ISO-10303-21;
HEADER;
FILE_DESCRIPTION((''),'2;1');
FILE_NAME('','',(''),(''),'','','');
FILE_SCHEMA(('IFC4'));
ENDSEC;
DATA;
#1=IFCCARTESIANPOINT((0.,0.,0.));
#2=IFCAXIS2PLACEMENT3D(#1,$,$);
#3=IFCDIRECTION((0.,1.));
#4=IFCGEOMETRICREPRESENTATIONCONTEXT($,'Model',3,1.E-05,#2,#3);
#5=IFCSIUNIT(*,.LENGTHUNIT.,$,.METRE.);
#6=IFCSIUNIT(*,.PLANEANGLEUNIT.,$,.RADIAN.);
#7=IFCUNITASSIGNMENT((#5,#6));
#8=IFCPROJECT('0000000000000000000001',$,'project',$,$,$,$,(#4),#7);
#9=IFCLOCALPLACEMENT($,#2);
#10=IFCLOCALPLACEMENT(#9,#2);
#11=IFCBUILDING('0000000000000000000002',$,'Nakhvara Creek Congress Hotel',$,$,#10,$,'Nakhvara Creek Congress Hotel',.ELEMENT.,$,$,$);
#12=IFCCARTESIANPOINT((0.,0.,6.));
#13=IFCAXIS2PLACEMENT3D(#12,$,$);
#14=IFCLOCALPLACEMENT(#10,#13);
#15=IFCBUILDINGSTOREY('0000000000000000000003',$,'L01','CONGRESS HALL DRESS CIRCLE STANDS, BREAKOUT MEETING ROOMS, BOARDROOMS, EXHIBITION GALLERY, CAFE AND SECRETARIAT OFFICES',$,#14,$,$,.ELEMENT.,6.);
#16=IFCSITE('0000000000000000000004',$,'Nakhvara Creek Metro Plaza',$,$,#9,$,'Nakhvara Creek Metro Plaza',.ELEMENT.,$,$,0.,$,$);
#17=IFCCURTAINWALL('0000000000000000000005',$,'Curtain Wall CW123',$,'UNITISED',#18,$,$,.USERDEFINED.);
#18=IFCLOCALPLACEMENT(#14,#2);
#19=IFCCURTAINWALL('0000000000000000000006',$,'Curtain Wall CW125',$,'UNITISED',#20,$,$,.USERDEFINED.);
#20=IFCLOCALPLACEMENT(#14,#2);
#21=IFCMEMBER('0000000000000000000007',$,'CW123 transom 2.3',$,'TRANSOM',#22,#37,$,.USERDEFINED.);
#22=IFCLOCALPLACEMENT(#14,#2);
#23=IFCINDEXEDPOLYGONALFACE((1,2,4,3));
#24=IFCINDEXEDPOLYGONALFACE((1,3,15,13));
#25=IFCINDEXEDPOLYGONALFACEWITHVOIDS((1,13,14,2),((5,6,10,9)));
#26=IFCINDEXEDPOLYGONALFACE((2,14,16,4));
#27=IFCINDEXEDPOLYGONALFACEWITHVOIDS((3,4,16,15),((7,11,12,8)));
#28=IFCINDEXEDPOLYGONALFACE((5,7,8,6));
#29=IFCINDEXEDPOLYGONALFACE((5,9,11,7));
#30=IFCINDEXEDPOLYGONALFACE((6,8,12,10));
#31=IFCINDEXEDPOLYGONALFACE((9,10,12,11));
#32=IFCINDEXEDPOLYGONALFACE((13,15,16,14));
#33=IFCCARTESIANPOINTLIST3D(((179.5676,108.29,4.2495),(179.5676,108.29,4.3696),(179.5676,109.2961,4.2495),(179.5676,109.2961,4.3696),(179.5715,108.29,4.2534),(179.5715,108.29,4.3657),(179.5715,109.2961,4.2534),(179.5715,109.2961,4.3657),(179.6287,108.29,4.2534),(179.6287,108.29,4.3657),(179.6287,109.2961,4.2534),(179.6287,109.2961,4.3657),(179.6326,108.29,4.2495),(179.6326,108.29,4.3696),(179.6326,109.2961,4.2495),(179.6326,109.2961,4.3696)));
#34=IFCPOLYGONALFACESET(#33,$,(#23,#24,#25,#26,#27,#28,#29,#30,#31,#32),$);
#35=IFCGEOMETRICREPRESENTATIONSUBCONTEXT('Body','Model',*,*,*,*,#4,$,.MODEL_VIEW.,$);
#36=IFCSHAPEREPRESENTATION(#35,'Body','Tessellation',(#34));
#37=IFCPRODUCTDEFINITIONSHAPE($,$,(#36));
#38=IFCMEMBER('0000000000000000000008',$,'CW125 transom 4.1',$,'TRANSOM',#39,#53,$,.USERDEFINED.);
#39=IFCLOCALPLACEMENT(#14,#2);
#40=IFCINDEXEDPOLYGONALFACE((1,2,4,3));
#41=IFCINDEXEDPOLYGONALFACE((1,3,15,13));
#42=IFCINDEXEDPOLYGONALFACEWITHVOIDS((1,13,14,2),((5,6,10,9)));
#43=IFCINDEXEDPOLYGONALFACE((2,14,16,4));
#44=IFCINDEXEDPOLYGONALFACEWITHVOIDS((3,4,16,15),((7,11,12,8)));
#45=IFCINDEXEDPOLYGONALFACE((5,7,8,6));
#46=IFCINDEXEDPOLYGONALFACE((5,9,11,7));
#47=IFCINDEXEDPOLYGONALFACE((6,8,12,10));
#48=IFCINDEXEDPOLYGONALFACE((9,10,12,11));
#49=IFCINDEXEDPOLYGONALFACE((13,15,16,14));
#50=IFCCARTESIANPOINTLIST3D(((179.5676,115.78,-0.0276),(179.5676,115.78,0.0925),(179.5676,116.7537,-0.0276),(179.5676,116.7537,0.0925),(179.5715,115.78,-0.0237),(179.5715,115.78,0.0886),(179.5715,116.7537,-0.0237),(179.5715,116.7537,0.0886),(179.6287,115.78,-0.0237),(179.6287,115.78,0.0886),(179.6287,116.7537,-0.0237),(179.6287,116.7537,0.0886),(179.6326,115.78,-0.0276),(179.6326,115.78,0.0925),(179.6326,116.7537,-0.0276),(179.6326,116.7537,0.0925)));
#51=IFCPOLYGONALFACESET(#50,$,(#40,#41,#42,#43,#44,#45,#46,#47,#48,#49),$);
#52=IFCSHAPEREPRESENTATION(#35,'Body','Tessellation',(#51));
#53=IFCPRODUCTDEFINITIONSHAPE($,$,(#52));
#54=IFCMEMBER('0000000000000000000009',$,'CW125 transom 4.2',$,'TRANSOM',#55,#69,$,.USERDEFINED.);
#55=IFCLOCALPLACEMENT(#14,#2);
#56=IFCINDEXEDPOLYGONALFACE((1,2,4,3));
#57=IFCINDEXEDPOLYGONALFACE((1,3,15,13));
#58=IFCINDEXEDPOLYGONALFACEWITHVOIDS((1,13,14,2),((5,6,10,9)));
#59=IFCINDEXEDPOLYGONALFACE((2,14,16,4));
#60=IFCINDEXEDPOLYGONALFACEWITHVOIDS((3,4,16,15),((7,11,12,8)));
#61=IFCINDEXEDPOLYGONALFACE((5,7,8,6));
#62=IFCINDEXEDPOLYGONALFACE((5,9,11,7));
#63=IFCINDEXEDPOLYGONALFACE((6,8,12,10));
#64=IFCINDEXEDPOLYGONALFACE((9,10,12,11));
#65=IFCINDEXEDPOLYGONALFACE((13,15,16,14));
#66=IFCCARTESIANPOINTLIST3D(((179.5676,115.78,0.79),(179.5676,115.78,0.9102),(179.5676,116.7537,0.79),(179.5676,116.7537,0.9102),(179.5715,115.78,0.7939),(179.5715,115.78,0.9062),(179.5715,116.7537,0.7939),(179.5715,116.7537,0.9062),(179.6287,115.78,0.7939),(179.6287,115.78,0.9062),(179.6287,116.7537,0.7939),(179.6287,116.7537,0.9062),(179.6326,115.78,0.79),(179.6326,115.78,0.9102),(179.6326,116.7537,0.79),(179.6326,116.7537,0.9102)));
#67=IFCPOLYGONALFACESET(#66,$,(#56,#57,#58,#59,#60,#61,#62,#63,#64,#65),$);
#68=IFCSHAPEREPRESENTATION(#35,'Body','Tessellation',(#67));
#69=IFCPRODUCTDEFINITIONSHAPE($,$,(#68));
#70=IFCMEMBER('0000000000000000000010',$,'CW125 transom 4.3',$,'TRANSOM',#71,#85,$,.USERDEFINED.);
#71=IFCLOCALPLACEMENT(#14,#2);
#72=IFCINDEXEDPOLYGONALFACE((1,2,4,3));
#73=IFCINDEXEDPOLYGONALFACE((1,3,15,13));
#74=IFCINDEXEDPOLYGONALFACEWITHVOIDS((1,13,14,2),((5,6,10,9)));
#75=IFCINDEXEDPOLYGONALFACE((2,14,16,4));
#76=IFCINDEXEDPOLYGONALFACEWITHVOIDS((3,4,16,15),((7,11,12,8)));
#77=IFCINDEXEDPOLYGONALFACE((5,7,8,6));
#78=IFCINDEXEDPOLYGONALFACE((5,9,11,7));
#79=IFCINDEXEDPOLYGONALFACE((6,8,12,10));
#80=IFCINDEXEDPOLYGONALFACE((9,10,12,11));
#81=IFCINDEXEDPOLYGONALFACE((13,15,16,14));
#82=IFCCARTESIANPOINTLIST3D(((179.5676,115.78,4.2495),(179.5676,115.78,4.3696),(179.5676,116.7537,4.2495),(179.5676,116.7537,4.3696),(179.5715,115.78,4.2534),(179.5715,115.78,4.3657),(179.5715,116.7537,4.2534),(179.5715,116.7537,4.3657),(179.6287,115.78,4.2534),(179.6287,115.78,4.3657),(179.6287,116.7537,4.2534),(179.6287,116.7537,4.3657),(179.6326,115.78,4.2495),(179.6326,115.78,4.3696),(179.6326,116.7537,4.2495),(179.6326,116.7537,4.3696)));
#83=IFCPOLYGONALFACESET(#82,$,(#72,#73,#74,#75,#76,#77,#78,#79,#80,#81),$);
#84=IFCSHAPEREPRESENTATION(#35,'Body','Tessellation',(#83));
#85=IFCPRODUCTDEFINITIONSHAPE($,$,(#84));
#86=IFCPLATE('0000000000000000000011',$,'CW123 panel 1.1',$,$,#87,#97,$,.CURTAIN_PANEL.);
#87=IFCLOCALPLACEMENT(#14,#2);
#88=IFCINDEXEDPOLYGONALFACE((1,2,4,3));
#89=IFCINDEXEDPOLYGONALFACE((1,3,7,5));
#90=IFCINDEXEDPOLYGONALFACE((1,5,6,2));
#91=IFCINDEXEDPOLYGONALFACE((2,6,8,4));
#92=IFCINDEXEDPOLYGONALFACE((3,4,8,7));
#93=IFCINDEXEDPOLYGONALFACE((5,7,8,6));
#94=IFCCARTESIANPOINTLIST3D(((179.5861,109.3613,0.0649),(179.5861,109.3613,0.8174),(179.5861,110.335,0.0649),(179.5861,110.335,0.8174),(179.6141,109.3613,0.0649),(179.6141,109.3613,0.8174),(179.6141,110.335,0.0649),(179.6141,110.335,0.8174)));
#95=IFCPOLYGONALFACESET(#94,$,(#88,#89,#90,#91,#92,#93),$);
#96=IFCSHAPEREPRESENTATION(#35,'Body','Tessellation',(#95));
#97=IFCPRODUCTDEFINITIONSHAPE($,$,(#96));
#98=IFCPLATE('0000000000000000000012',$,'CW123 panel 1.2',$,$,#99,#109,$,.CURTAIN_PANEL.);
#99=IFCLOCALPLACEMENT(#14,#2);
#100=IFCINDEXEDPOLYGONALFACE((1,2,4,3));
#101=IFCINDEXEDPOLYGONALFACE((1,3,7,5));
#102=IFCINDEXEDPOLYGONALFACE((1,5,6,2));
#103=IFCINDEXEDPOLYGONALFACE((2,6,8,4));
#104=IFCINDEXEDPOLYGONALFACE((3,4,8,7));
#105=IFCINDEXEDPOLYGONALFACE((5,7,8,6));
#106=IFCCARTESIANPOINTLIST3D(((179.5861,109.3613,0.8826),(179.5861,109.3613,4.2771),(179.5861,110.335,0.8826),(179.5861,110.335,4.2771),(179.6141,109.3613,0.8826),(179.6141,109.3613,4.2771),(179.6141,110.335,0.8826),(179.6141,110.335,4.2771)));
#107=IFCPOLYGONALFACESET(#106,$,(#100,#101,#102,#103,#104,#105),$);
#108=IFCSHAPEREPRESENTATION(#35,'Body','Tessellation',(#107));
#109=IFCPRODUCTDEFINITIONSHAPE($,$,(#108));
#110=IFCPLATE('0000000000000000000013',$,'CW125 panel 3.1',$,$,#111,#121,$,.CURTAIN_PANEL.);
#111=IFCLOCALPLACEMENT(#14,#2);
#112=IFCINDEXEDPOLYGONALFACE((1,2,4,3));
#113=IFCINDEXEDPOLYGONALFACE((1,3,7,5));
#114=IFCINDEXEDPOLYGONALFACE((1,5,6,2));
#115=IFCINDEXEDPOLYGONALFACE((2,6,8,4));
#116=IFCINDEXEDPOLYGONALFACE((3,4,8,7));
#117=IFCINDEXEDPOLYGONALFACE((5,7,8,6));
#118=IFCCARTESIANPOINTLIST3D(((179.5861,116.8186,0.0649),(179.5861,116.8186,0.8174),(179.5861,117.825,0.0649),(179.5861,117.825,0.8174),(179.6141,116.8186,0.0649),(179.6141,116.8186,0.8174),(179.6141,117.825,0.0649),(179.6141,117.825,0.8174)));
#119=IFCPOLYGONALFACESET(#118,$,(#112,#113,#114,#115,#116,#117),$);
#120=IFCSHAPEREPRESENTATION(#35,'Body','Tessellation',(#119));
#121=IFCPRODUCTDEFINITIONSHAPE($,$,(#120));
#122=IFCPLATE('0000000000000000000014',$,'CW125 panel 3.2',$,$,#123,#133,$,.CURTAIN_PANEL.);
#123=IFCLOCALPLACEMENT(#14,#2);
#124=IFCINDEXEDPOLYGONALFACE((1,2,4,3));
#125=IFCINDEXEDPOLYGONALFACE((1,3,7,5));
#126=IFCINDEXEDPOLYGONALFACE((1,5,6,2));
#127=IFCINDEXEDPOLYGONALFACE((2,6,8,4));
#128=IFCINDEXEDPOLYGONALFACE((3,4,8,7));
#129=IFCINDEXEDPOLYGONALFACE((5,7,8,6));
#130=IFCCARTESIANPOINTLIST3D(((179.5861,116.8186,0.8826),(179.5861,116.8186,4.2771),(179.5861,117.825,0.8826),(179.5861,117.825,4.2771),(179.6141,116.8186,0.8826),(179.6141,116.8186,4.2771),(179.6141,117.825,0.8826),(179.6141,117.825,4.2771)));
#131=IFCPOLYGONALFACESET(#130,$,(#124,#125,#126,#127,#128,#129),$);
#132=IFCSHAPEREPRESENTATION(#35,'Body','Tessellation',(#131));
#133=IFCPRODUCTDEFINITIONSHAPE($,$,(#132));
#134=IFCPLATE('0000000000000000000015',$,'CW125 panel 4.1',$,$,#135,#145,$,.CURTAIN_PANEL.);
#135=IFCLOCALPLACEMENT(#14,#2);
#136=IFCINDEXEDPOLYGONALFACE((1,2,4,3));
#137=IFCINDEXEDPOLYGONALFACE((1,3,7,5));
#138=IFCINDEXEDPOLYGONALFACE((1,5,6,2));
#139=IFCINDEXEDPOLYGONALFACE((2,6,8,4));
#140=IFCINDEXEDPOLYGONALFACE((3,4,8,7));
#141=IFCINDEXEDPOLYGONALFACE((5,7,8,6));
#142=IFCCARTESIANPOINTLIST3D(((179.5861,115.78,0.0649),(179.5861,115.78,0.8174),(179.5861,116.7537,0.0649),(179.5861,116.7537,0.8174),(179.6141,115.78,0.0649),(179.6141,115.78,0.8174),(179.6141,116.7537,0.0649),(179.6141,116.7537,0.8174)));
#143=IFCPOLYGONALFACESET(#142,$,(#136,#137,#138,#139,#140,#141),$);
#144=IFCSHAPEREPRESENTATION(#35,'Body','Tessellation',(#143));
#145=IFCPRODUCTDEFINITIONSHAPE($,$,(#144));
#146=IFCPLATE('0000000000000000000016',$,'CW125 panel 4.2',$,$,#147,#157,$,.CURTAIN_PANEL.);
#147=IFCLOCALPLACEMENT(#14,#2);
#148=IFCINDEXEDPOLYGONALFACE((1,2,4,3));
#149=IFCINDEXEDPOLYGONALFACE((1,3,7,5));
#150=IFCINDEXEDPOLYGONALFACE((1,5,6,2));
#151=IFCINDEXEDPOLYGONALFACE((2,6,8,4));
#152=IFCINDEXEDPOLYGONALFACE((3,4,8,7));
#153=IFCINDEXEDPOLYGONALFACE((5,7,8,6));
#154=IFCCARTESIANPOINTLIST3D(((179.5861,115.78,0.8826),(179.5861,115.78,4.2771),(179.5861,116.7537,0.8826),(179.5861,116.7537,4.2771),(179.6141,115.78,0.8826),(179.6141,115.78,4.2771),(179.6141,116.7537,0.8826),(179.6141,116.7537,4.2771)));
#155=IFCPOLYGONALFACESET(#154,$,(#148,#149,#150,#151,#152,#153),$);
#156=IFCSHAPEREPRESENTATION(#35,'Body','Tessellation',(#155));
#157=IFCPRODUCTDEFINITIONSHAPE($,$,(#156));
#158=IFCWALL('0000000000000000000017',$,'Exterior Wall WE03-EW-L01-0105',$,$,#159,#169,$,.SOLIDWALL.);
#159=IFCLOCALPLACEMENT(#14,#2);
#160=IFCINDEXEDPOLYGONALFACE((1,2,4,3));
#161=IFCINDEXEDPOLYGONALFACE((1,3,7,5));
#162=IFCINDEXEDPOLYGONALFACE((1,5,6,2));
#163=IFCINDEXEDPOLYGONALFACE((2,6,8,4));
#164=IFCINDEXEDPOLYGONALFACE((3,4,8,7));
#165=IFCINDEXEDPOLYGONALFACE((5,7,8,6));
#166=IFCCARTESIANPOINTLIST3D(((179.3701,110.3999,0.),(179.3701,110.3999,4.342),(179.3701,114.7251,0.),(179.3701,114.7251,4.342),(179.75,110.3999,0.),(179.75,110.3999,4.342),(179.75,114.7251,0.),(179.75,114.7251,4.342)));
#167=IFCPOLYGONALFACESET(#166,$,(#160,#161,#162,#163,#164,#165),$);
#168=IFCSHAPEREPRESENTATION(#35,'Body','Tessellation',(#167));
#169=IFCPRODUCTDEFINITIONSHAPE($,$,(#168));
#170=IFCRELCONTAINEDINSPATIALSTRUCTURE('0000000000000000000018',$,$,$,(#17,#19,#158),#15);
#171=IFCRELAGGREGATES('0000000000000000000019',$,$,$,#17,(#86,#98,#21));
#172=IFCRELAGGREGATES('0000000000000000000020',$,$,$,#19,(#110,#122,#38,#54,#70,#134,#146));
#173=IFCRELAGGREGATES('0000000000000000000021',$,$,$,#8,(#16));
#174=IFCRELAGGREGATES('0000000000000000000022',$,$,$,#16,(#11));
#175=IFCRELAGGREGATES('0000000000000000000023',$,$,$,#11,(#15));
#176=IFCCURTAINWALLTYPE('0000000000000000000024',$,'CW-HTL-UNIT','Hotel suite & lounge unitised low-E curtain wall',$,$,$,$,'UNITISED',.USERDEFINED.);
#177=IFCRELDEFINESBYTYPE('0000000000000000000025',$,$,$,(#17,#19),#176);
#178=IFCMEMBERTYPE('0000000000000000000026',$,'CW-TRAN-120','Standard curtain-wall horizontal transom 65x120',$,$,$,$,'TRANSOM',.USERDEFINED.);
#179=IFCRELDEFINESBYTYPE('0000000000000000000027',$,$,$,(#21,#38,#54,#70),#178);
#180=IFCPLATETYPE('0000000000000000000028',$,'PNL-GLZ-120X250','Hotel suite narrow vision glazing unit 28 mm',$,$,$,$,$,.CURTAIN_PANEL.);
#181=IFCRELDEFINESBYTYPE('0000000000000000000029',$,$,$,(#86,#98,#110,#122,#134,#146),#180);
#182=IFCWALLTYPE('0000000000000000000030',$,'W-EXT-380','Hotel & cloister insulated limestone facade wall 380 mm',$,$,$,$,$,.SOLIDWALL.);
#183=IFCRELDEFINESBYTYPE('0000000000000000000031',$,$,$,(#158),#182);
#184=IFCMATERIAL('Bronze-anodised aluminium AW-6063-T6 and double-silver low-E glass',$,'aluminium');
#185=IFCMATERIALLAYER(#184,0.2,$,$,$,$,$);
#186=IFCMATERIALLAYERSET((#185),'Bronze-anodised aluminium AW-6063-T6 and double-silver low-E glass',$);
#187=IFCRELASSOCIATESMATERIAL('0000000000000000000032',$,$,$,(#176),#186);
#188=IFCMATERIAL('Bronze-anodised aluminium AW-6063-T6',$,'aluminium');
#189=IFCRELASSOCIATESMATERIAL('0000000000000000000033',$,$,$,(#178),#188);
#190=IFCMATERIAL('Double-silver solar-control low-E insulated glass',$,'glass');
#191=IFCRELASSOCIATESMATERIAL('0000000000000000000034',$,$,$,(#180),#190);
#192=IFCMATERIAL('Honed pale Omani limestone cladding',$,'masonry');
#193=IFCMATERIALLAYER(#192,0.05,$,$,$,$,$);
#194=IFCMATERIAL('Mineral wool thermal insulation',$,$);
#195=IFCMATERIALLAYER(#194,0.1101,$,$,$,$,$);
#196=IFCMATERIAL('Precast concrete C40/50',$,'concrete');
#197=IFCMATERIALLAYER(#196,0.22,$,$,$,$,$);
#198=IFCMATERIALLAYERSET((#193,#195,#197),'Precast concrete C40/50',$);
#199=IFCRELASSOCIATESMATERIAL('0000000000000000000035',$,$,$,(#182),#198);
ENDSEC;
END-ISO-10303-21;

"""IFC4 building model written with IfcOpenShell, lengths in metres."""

from ifc_helpers import new_model, si_unit, direction, frame, frame_2d, origin, origin_2d, place, context, subcontext, project, spatial, rectangle, hollow_rectangle, extrude, material, layer, layer_set, material_profile, profile_set, type_object, element, aggregate, save


model = new_model("IFC4")

# Units and contexts
model_context = context("Model", 3, precision=1e-05, world=origin(), true_north=direction((0.0, 1.0)))
body_context = subcontext(model_context, "Body", "Model", "MODEL_VIEW")
ifc_project = project(units=[si_unit("LENGTHUNIT", "METRE"), si_unit("PLANEANGLEUNIT", "RADIAN")], contexts=[model_context])

# Site, building, storey
site_placement = place(None, origin())
site = spatial("IfcSite", under=ifc_project, at=site_placement, Name="Nakhvara Creek Metro Plaza", LongName="Nakhvara Creek Metro Plaza", CompositionType="ELEMENT", RefElevation=0.0)
building_placement = place(site_placement, origin())
building = spatial("IfcBuilding", under=site, at=building_placement, Name="Nakhvara Creek Congress Hotel", LongName="Nakhvara Creek Congress Hotel", CompositionType="ELEMENT")
storey_placement = place(building_placement, frame((0.0, 0.0, 6.0)))
storey = spatial("IfcBuildingStorey", under=building, at=storey_placement, Name="L01", Description="CONGRESS HALL DRESS CIRCLE STANDS, BREAKOUT MEETING ROOMS, BOARDROOMS, EXHIBITION GALLERY, CAFE AND SECRETARIAT OFFICES", CompositionType="ELEMENT", Elevation=6.0)

# Curtain walls
ifc_material_1 = material(Name="Bronze-anodised aluminium AW-6063-T6 and double-silver low-E glass", Category="aluminium")
ifc_layer_1 = layer(ifc_material_1, 0.2)
ifc_layer_set_1 = layer_set([ifc_layer_1], Name="Bronze-anodised aluminium AW-6063-T6 and double-silver low-E glass")
curtain_wall_type = type_object("IfcCurtainWallType", Name="CW-HTL-UNIT", Description="Hotel suite & lounge unitised low-E curtain wall", ElementType="UNITISED", PredefinedType="USERDEFINED", material=ifc_layer_set_1)
curtain_wall_1_placement = place(storey_placement, origin())
curtain_wall_1 = element("IfcCurtainWall", 1, at=curtain_wall_1_placement, inside=storey, type_object=curtain_wall_type, Name="Curtain Wall CW123", ObjectType="UNITISED", PredefinedType="USERDEFINED")
ifc_material_2 = material(Name="Bronze-anodised aluminium AW-6063-T6", Category="aluminium")
curtain_wall_2_placement = place(storey_placement, origin())
curtain_wall_2 = element("IfcCurtainWall", 2, at=curtain_wall_2_placement, inside=storey, type_object=curtain_wall_type, Name="Curtain Wall CW125", ObjectType="UNITISED", PredefinedType="USERDEFINED")

# Members
ifc_material_profile_1 = material_profile(ifc_material_2, hollow_rectangle(XDim=0.0649, YDim=0.1201, WallThickness=0.0039, at=origin_2d()), Name="ALU-TRAN 65x120x4", Category="LoadBearing")
ifc_profile_set_1 = profile_set([ifc_material_profile_1], Name="Bronze-anodised aluminium AW-6063-T6")
member_type_1 = type_object("IfcMemberType", Name="CW-TRAN-120", Description="Standard curtain-wall horizontal transom 65x120", ElementType="TRANSOM", PredefinedType="USERDEFINED", material=ifc_profile_set_1)
member_1_placement = place(storey_placement, frame((179.6001, 109.2961, 4.3096), z_axis=(0.0, -1.0, 0.0), x_axis=(1.0, 0.0, 0.0)))
member_1 = element("IfcMember", 3, at=member_1_placement, type_object=member_type_1, Name="CW123 transom 2.3", ObjectType="TRANSOM", PredefinedType="USERDEFINED", context=body_context, shape_type="SweptSolid", body=[
    extrude(hollow_rectangle(XDim=0.0649, YDim=0.1201, WallThickness=0.0039, at=origin_2d()), origin(), (0.0, 0.0, 1.0), 1.0061),
])
member_2_placement = place(storey_placement, frame((179.6001, 116.7537, 0.0325), z_axis=(0.0, -1.0, 0.0), x_axis=(1.0, 0.0, 0.0)))
member_2 = element("IfcMember", 4, at=member_2_placement, type_object=member_type_1, Name="CW125 transom 4.1", ObjectType="TRANSOM", PredefinedType="USERDEFINED", context=body_context, shape_type="SweptSolid", body=[
    extrude(hollow_rectangle(XDim=0.0649, YDim=0.1201, WallThickness=0.0039, at=origin_2d()), origin(), (0.0, 0.0, 1.0), 0.9736),
])
member_3_placement = place(storey_placement, frame((179.6001, 116.7537, 0.8501), z_axis=(0.0, -1.0, 0.0), x_axis=(1.0, 0.0, 0.0)))
member_3 = element("IfcMember", 5, at=member_3_placement, type_object=member_type_1, Name="CW125 transom 4.2", ObjectType="TRANSOM", PredefinedType="USERDEFINED", context=body_context, shape_type="SweptSolid", body=[
    extrude(hollow_rectangle(XDim=0.0649, YDim=0.1201, WallThickness=0.0039, at=origin_2d()), origin(), (0.0, 0.0, 1.0), 0.9736),
])
member_4_placement = place(storey_placement, frame((179.6001, 116.7537, 4.3096), z_axis=(0.0, -1.0, 0.0), x_axis=(1.0, 0.0, 0.0)))
member_4 = element("IfcMember", 6, at=member_4_placement, type_object=member_type_1, Name="CW125 transom 4.3", ObjectType="TRANSOM", PredefinedType="USERDEFINED", context=body_context, shape_type="SweptSolid", body=[
    extrude(hollow_rectangle(XDim=0.0649, YDim=0.1201, WallThickness=0.0039, at=origin_2d()), origin(), (0.0, 0.0, 1.0), 0.9736),
])

# Plates
ifc_material_3 = material(Name="Double-silver solar-control low-E insulated glass", Category="glass")
plate_type = type_object("IfcPlateType", Name="PNL-GLZ-120X250", Description="Hotel suite narrow vision glazing unit 28 mm", PredefinedType="CURTAIN_PANEL", material=ifc_material_3)
plate_1_placement = place(storey_placement, frame((179.6001, 109.8481, 0.0649), z_axis=(0.0, 0.0, 1.0), x_axis=(0.0, -1.0, 0.0)))
plate_1 = element("IfcPlate", 7, at=plate_1_placement, type_object=plate_type, Name="CW123 panel 1.1", PredefinedType="CURTAIN_PANEL", context=body_context, shape_type="SweptSolid", body=[
    extrude(rectangle(XDim=0.9736, YDim=0.0281, at=origin_2d()), origin(), (0.0, 0.0, 1.0), 0.7524),
])
plate_2_placement = place(storey_placement, frame((179.6001, 109.8481, 0.8826), z_axis=(0.0, 0.0, 1.0), x_axis=(0.0, -1.0, 0.0)))
plate_2 = element("IfcPlate", 8, at=plate_2_placement, type_object=plate_type, Name="CW123 panel 1.2", PredefinedType="CURTAIN_PANEL", context=body_context, shape_type="SweptSolid", body=[
    extrude(rectangle(XDim=0.9736, YDim=0.0281, at=origin_2d()), origin(), (0.0, 0.0, 1.0), 3.3945),
])
aggregate(curtain_wall_1, [plate_1, plate_2, member_1])
plate_3_placement = place(storey_placement, frame((179.6001, 117.3218, 0.0649), z_axis=(0.0, 0.0, 1.0), x_axis=(0.0, -1.0, 0.0)))
plate_3 = element("IfcPlate", 9, at=plate_3_placement, type_object=plate_type, Name="CW125 panel 3.1", PredefinedType="CURTAIN_PANEL", context=body_context, shape_type="SweptSolid", body=[
    extrude(rectangle(XDim=1.0063, YDim=0.0281, at=origin_2d()), origin(), (0.0, 0.0, 1.0), 0.7524),
])
plate_4_placement = place(storey_placement, frame((179.6001, 117.3218, 0.8826), z_axis=(0.0, 0.0, 1.0), x_axis=(0.0, -1.0, 0.0)))
plate_4 = element("IfcPlate", 10, at=plate_4_placement, type_object=plate_type, Name="CW125 panel 3.2", PredefinedType="CURTAIN_PANEL", context=body_context, shape_type="SweptSolid", body=[
    extrude(rectangle(XDim=1.0063, YDim=0.0281, at=origin_2d()), origin(), (0.0, 0.0, 1.0), 3.3945),
])
plate_5_placement = place(storey_placement, frame((179.6001, 116.2668, 0.0649), z_axis=(0.0, 0.0, 1.0), x_axis=(0.0, -1.0, 0.0)))
plate_5 = element("IfcPlate", 11, at=plate_5_placement, type_object=plate_type, Name="CW125 panel 4.1", PredefinedType="CURTAIN_PANEL", context=body_context, shape_type="SweptSolid", body=[
    extrude(rectangle(XDim=0.9736, YDim=0.0281, at=origin_2d()), origin(), (0.0, 0.0, 1.0), 0.7524),
])
plate_6_placement = place(storey_placement, frame((179.6001, 116.2668, 0.8826), z_axis=(0.0, 0.0, 1.0), x_axis=(0.0, -1.0, 0.0)))
plate_6 = element("IfcPlate", 12, at=plate_6_placement, type_object=plate_type, Name="CW125 panel 4.2", PredefinedType="CURTAIN_PANEL", context=body_context, shape_type="SweptSolid", body=[
    extrude(rectangle(XDim=0.9736, YDim=0.0281, at=origin_2d()), origin(), (0.0, 0.0, 1.0), 3.3945),
])
aggregate(curtain_wall_2, [plate_3, plate_4, member_2, member_3, member_4, plate_5, plate_6])

# Wall
ifc_material_4 = material(Name="Honed pale Omani limestone cladding", Category="masonry")
ifc_layer_2 = layer(ifc_material_4, 0.05)
ifc_material_5 = material(Name="Mineral wool thermal insulation")
ifc_layer_3 = layer(ifc_material_5, 0.1101)
ifc_material_6 = material(Name="Precast concrete C40/50", Category="concrete")
ifc_layer_4 = layer(ifc_material_6, 0.22)
ifc_layer_set_2 = layer_set([ifc_layer_2, ifc_layer_3, ifc_layer_4], Name="Precast concrete C40/50")
wall_type = type_object("IfcWallType", Name="W-EXT-380", Description="Hotel & cloister insulated limestone facade wall 380 mm", PredefinedType="SOLIDWALL", material=ifc_layer_set_2)
wall_placement = place(storey_placement, frame((179.5601, 114.7251, 0.0), z_axis=(0.0, 0.0, 1.0), x_axis=(0.0, -1.0, 0.0)))
element("IfcWall", 13, at=wall_placement, inside=storey, type_object=wall_type, Name="Exterior Wall WE03-EW-L01-0105", PredefinedType="SOLIDWALL", context=body_context, shape_type="SweptSolid", body=[
    extrude(rectangle(XDim=4.3252, YDim=0.3799, at=frame_2d((2.1626, 0.0))), origin(), (0.0, 0.0, 1.0), 4.342),
])

save(model, "model.ifc")
